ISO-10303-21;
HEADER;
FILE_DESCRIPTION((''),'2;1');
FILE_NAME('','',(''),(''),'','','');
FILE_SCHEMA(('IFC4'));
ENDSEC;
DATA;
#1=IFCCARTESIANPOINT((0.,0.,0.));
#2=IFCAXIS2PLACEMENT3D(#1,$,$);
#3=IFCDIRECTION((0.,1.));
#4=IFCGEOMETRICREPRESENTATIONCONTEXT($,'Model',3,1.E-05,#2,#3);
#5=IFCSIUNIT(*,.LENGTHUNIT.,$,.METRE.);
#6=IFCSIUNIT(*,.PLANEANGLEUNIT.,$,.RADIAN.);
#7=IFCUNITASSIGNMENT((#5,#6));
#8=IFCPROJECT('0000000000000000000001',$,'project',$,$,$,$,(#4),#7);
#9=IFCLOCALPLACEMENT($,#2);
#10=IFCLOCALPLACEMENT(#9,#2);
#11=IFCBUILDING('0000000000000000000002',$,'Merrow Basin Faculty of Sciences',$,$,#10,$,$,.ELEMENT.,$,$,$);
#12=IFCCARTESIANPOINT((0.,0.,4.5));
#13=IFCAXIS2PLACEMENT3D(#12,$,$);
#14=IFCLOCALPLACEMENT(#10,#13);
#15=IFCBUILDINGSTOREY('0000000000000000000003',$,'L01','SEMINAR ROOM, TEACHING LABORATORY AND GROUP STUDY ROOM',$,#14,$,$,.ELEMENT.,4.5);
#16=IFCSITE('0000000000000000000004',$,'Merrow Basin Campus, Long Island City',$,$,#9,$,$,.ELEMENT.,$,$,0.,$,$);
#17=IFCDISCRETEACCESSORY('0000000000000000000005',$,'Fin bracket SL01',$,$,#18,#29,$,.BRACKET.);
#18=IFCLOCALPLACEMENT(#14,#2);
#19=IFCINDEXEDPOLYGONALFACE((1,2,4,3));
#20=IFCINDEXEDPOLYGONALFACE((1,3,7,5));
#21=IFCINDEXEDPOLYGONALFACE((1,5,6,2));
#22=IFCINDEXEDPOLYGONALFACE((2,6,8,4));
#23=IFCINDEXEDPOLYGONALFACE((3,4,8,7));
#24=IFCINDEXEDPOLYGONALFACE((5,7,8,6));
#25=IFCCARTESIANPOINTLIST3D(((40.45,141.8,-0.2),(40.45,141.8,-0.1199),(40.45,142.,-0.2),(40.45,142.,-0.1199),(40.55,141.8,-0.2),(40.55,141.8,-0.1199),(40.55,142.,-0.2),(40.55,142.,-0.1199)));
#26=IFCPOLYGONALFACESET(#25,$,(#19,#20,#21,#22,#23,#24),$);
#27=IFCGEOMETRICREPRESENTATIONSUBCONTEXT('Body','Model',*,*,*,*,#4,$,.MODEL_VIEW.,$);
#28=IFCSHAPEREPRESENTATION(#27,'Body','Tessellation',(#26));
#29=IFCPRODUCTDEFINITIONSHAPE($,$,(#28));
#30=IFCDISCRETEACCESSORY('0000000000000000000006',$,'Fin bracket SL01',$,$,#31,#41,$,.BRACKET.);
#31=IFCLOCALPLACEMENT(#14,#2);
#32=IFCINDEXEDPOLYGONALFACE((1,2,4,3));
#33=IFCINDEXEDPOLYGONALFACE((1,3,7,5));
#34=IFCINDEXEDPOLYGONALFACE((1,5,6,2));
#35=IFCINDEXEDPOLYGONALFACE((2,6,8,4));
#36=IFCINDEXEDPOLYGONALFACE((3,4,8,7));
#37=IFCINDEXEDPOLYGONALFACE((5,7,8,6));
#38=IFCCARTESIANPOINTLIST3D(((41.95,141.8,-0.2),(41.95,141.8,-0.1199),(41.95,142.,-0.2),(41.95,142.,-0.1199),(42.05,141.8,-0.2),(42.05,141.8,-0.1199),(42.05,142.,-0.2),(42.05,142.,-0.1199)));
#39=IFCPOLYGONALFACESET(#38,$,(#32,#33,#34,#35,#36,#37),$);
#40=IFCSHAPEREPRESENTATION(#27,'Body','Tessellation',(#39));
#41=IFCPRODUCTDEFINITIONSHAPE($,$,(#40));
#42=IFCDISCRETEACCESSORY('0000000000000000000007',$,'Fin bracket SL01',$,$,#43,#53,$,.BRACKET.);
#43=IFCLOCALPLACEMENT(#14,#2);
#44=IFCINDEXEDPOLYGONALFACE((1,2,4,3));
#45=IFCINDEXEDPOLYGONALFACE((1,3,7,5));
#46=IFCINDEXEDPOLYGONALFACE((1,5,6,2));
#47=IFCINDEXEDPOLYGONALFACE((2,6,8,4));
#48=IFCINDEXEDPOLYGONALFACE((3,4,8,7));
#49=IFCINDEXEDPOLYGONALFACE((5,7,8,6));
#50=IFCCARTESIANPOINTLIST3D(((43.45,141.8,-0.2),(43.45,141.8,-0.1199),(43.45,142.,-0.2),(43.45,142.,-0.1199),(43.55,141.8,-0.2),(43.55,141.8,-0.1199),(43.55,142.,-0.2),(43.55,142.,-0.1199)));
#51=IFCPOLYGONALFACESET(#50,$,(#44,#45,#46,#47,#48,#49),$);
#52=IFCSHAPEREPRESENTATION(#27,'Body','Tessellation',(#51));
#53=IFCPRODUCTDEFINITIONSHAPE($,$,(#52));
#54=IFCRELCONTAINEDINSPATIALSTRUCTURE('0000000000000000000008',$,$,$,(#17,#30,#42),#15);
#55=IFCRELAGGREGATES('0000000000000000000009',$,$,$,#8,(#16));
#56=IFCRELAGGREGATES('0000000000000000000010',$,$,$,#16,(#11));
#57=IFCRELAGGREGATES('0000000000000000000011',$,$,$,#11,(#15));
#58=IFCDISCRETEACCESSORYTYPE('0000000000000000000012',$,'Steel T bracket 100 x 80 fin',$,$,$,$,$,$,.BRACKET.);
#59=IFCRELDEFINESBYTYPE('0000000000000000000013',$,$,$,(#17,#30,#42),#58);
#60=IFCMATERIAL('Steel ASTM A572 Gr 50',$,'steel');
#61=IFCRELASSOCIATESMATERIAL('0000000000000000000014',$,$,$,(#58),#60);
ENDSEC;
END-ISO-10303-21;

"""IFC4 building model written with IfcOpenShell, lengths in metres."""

from ifc_helpers import new_model, si_unit, direction, frame, origin, place, context, subcontext, project, spatial, polyline, outline, extrude, source, transform, mapped, material, type_object, element, save


model = new_model("IFC4")

# Units and contexts
model_context = context("Model", 3, precision=1e-05, world=origin(), true_north=direction((0.0, 1.0)))
body_context = subcontext(model_context, "Body", "Model", "MODEL_VIEW")
ifc_project = project(units=[si_unit("LENGTHUNIT", "METRE"), si_unit("PLANEANGLEUNIT", "RADIAN")], contexts=[model_context])

# Site, building, storey
site_placement = place(None, origin())
site = spatial("IfcSite", under=ifc_project, at=site_placement, Name="Merrow Basin Campus, Long Island City", CompositionType="ELEMENT", RefElevation=0.0)
building_placement = place(site_placement, origin())
building = spatial("IfcBuilding", under=site, at=building_placement, Name="Merrow Basin Faculty of Sciences", CompositionType="ELEMENT")
storey_placement = place(building_placement, frame((0.0, 0.0, 4.5)))
storey = spatial("IfcBuildingStorey", under=building, at=storey_placement, Name="L01", Description="SEMINAR ROOM, TEACHING LABORATORY AND GROUP STUDY ROOM", CompositionType="ELEMENT", Elevation=4.5)

# Discrete accessories
ifc_material_1 = material(Name="Steel ASTM A572 Gr 50", Category="steel")
discrete_accessory_type = type_object("IfcDiscreteAccessoryType", Name="Steel T bracket 100 x 80 fin", PredefinedType="BRACKET", material=ifc_material_1)
shared_shape = source(origin(), body_context, "Body", "SweptSolid", [
    extrude(outline(polyline([(0.0, 0.0), (0.1001, 0.0), (0.1001, 0.0801), (0.0, 0.0801), (0.0, 0.0)])), origin(), (0.0, 0.0, 1.0), 0.2),
])
for number, where, z_axis, x_axis, name in (
    (1, (40.45, 142.0, -0.2), (0.0, -1.0, 0.0), (1.0, 0.0, 0.0), "Fin bracket SL01"),
    (2, (41.95, 142.0, -0.2), (0.0, -1.0, 0.0), (1.0, 0.0, 0.0), "Fin bracket SL01"),
    (3, (43.45, 142.0, -0.2), (0.0, -1.0, 0.0), (1.0, 0.0, 0.0), "Fin bracket SL01"),
):
    element("IfcDiscreteAccessory", number, at=place(storey_placement, frame(where, z_axis=z_axis, x_axis=x_axis)), inside=storey, type_object=discrete_accessory_type, Name=name, PredefinedType="BRACKET", context=body_context, shape_type="MappedRepresentation", body=[
        mapped(shared_shape, transform((0.0, 0.0, 0.0), scale=1.0)),
    ])

save(model, "model.ifc")
